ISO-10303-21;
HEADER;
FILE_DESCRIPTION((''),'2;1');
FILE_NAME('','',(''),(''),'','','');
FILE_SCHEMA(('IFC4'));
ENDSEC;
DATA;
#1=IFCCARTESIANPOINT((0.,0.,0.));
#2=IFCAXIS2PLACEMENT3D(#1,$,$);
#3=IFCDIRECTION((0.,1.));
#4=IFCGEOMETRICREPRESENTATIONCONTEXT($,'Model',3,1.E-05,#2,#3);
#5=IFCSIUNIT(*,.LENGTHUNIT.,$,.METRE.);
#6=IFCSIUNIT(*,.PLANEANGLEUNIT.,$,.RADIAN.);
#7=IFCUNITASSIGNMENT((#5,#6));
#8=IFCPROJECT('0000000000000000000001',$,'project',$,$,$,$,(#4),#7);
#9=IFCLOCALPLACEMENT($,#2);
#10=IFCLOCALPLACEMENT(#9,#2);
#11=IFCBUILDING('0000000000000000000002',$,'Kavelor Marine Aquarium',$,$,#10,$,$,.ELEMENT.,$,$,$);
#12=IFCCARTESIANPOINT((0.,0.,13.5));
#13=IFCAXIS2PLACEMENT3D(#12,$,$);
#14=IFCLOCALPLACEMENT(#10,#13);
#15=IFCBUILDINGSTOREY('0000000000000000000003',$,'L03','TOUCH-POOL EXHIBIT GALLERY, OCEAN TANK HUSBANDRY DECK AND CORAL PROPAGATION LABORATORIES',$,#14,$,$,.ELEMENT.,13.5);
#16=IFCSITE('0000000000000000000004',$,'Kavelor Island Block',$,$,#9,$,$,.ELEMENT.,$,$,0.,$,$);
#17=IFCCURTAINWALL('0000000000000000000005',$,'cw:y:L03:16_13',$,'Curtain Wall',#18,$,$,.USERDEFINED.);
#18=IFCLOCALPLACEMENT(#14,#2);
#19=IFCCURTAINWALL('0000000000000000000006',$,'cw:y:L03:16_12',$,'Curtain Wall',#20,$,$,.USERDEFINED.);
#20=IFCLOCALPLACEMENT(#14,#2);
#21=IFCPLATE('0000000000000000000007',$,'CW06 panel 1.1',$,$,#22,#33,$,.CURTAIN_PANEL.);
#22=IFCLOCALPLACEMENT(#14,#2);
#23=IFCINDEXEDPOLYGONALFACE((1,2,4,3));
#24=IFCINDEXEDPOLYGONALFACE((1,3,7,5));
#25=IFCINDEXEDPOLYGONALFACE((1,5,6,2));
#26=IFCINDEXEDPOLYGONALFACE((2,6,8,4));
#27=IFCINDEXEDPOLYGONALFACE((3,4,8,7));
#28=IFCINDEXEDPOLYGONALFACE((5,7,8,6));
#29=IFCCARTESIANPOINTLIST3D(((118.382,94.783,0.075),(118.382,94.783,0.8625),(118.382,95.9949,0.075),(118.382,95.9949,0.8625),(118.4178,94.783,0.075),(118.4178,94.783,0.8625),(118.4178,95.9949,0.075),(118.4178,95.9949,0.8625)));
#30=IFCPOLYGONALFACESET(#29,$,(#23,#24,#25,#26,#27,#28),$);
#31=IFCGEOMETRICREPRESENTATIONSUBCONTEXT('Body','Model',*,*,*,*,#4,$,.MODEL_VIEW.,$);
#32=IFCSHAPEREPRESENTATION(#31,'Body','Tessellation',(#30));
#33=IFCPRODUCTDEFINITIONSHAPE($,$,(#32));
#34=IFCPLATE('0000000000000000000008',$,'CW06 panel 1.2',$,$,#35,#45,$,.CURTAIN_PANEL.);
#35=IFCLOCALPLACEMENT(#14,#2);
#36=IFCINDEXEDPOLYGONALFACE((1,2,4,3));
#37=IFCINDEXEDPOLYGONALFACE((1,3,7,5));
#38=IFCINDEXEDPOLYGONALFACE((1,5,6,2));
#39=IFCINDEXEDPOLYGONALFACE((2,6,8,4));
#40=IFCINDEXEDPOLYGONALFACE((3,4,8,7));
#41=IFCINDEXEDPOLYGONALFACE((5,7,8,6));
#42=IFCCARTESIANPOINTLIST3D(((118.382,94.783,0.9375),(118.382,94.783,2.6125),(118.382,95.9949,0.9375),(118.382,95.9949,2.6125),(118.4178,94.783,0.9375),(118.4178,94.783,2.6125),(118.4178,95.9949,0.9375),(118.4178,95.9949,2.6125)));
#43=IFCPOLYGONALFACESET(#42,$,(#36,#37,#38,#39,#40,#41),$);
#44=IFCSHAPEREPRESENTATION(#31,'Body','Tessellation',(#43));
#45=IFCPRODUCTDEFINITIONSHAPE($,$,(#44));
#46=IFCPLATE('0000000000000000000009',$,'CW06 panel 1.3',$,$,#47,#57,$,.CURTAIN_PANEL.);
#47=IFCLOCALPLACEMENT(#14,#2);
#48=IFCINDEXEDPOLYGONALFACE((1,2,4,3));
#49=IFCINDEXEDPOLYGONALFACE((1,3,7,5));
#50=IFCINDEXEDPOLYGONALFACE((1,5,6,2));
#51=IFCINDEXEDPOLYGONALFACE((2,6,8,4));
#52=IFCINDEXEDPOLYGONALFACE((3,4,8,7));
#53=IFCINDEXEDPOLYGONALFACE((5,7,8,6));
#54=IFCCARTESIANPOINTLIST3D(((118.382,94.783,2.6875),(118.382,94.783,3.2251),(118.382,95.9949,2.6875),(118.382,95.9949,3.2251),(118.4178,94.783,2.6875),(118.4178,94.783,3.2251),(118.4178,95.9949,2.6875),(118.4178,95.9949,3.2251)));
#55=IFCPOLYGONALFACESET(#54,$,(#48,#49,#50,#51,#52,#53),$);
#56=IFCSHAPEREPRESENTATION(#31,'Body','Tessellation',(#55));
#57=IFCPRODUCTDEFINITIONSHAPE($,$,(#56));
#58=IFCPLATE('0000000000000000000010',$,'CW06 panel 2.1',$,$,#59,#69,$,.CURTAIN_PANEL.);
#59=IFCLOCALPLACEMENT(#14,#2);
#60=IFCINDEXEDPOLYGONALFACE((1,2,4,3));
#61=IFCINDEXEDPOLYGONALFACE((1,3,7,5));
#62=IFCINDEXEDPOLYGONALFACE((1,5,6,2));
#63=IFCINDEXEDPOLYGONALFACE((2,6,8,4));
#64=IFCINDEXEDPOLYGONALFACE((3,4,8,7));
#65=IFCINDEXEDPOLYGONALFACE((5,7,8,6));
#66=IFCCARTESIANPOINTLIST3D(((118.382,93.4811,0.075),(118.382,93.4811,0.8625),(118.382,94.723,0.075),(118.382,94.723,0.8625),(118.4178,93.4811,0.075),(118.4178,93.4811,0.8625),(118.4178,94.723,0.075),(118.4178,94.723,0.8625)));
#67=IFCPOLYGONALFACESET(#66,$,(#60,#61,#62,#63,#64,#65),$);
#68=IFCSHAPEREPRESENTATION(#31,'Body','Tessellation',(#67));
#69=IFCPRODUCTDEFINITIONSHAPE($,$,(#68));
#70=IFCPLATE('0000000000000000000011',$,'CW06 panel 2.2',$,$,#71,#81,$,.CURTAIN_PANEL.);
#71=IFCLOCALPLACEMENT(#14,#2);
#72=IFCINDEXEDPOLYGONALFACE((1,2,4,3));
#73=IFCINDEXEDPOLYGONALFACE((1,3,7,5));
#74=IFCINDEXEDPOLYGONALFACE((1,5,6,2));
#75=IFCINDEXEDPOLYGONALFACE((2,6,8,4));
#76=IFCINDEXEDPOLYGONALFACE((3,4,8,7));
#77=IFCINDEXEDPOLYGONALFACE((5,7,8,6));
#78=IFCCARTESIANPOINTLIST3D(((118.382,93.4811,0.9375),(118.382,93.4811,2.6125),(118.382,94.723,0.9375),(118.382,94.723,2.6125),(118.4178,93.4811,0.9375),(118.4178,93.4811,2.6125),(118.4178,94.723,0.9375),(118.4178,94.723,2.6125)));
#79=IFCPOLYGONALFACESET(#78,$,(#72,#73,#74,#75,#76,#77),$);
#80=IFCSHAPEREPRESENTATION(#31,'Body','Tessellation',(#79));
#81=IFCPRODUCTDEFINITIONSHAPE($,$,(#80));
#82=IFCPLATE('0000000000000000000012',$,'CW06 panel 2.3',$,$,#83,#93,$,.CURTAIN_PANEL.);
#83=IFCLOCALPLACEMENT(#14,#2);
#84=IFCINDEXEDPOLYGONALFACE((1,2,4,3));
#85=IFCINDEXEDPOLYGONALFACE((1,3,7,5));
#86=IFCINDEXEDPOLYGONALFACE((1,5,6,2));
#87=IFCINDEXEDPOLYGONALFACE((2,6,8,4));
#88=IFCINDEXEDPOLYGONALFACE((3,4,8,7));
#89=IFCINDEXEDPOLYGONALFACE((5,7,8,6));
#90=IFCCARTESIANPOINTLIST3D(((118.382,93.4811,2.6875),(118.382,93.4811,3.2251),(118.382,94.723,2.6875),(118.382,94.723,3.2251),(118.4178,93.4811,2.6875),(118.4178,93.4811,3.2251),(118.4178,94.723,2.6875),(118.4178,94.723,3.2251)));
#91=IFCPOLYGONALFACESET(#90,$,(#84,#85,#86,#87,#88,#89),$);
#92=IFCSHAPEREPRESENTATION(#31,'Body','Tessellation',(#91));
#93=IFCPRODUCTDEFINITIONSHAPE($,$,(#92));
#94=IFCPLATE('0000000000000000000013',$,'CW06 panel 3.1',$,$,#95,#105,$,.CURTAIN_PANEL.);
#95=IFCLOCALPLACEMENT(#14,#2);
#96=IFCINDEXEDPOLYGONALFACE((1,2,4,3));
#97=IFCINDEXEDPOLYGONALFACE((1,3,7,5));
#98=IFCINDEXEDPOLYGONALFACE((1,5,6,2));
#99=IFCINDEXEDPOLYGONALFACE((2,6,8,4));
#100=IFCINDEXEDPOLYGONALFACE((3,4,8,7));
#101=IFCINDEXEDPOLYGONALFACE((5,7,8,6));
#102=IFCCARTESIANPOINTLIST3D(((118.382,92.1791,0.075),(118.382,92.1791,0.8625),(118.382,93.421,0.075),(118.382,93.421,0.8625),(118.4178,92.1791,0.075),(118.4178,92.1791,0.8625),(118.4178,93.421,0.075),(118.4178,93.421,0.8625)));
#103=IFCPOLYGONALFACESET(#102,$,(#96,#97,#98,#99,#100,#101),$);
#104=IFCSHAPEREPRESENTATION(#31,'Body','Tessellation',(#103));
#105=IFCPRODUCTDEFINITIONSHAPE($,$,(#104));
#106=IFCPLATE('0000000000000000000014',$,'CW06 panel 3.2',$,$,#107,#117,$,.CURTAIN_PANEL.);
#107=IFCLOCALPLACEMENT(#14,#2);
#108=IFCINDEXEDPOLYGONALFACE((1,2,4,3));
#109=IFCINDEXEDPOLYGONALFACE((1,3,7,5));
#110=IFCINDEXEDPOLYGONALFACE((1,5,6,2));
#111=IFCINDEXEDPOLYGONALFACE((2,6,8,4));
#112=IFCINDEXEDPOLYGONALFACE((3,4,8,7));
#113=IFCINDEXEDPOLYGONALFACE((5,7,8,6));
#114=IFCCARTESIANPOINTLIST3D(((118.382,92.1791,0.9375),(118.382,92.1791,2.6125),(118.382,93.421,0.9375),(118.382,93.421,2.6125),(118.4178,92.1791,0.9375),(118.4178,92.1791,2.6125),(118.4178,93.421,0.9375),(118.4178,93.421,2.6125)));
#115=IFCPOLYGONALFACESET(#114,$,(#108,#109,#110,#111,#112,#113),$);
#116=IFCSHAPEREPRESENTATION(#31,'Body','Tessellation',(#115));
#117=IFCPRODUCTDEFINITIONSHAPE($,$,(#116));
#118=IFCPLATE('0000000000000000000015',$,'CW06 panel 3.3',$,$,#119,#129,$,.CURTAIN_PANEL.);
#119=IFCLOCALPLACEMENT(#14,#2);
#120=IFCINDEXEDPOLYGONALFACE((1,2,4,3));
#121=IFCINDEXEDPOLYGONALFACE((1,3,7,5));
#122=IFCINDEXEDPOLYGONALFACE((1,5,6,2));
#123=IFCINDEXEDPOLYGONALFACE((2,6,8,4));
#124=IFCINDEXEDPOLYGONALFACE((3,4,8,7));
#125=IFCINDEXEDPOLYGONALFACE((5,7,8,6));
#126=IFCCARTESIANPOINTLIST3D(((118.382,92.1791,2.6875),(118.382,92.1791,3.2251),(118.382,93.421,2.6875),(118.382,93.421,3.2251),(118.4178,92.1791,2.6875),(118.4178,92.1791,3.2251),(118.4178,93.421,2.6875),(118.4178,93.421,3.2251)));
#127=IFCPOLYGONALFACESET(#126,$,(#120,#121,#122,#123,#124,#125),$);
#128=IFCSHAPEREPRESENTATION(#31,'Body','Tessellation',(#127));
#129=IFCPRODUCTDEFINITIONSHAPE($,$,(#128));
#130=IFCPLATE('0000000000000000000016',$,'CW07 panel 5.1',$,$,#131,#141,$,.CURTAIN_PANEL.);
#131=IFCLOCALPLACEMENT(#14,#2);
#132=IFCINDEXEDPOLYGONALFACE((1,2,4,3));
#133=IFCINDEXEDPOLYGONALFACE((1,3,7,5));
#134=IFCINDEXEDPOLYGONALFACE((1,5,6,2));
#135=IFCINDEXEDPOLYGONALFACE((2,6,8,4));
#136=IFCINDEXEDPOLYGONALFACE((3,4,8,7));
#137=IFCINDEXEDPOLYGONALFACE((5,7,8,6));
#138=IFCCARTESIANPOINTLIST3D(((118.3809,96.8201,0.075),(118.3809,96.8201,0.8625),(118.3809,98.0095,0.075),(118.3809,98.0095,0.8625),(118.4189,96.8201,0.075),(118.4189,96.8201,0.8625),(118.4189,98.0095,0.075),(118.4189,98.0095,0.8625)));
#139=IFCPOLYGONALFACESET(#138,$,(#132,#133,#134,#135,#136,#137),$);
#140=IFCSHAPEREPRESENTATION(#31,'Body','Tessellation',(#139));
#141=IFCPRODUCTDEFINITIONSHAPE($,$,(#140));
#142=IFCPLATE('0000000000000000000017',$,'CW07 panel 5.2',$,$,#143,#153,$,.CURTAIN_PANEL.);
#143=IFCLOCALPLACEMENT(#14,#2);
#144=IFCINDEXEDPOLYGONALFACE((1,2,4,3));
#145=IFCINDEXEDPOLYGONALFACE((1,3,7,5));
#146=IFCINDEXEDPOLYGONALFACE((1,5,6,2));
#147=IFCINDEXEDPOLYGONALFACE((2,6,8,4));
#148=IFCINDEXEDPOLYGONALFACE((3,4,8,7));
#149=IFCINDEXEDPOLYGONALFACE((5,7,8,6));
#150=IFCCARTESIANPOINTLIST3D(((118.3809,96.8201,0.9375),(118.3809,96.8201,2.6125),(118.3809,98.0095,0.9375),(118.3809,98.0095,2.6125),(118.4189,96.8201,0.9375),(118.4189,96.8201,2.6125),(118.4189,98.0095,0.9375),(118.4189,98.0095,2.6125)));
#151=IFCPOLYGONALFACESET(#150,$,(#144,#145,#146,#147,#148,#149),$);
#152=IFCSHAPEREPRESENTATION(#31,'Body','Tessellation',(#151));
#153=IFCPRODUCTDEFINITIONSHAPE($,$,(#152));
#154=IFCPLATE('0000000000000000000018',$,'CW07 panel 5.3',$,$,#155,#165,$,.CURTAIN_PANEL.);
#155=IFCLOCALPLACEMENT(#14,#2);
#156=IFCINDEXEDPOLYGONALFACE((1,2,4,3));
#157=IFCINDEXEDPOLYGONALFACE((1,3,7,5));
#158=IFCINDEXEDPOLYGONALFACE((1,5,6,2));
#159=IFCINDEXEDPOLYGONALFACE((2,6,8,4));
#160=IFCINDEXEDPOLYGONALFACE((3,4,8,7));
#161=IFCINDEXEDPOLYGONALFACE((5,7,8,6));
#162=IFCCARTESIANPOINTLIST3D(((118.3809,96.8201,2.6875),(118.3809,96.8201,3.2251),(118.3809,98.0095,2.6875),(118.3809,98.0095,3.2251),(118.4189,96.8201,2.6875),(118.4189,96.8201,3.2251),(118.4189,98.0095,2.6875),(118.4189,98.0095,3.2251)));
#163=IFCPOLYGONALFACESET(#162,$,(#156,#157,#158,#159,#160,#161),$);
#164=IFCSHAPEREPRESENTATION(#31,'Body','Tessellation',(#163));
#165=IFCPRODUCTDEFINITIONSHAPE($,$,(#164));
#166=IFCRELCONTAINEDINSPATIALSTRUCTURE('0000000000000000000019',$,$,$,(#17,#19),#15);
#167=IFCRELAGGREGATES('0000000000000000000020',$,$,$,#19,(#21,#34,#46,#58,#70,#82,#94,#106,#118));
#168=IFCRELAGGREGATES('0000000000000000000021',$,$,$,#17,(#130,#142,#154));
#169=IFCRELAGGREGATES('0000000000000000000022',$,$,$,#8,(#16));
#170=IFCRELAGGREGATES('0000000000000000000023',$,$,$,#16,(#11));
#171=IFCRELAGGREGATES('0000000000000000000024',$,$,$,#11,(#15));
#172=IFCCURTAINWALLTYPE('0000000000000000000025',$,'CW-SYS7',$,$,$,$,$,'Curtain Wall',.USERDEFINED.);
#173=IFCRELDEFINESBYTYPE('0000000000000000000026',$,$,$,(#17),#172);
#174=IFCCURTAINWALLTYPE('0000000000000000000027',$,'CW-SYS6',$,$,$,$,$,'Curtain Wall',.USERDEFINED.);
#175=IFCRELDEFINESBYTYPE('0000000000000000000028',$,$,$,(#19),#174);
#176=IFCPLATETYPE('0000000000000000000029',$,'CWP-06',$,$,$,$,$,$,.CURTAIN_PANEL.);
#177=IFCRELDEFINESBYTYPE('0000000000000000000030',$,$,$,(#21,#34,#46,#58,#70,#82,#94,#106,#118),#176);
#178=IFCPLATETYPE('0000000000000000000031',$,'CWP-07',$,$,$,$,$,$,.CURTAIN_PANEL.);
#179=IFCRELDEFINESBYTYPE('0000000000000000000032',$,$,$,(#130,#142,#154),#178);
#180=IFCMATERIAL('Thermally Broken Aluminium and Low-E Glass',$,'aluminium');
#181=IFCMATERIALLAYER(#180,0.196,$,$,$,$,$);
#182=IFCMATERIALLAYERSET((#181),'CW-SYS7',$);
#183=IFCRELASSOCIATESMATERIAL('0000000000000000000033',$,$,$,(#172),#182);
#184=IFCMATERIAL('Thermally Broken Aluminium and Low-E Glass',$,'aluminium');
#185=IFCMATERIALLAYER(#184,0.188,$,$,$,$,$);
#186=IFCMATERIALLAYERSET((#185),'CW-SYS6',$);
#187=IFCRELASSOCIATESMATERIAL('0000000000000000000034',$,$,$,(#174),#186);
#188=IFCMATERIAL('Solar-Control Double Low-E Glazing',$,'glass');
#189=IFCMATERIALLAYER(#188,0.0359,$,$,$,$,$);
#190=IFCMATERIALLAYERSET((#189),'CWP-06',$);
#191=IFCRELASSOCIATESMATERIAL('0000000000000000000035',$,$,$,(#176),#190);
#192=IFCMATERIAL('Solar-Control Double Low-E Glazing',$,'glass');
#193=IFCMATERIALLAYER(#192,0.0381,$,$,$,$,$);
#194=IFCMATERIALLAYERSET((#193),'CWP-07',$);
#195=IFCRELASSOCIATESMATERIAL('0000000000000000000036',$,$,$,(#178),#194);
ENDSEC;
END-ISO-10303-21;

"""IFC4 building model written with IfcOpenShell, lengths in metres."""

from ifc_helpers import new_model, si_unit, direction, frame, origin, origin_2d, place, context, subcontext, project, spatial, rectangle, extrude, material, layer, layer_set, type_object, element, aggregate, save


model = new_model("IFC4")

# Units and contexts
model_context = context("Model", 3, precision=1e-05, world=origin(), true_north=direction((0.0, 1.0)))
body_context = subcontext(model_context, "Body", "Model", "MODEL_VIEW")
ifc_project = project(units=[si_unit("LENGTHUNIT", "METRE"), si_unit("PLANEANGLEUNIT", "RADIAN")], contexts=[model_context])

# Site, building, storey
site_placement = place(None, origin())
site = spatial("IfcSite", under=ifc_project, at=site_placement, Name="Kavelor Island Block", CompositionType="ELEMENT", RefElevation=0.0)
building_placement = place(site_placement, origin())
building = spatial("IfcBuilding", under=site, at=building_placement, Name="Kavelor Marine Aquarium", CompositionType="ELEMENT")
storey_placement = place(building_placement, frame((0.0, 0.0, 13.5)))
storey = spatial("IfcBuildingStorey", under=building, at=storey_placement, Name="L03", Description="TOUCH-POOL EXHIBIT GALLERY, OCEAN TANK HUSBANDRY DECK AND CORAL PROPAGATION LABORATORIES", CompositionType="ELEMENT", Elevation=13.5)

# Curtain walls
ifc_material_1 = material(Name="Thermally Broken Aluminium and Low-E Glass", Category="aluminium")
ifc_layer_1 = layer(ifc_material_1, 0.196)
ifc_layer_set_1 = layer_set([ifc_layer_1], Name="CW-SYS7")
curtain_wall_type_1 = type_object("IfcCurtainWallType", Name="CW-SYS7", ElementType="Curtain Wall", PredefinedType="USERDEFINED", material=ifc_layer_set_1)
curtain_wall_1_placement = place(storey_placement, origin())
curtain_wall_1 = element("IfcCurtainWall", 1, at=curtain_wall_1_placement, inside=storey, type_object=curtain_wall_type_1, Name="cw:y:L03:16_13", ObjectType="Curtain Wall", PredefinedType="USERDEFINED")
ifc_material_2 = material(Name="Thermally Broken Aluminium and Low-E Glass", Category="aluminium")
ifc_layer_2 = layer(ifc_material_2, 0.188)
ifc_layer_set_2 = layer_set([ifc_layer_2], Name="CW-SYS6")
curtain_wall_type_2 = type_object("IfcCurtainWallType", Name="CW-SYS6", ElementType="Curtain Wall", PredefinedType="USERDEFINED", material=ifc_layer_set_2)
curtain_wall_2_placement = place(storey_placement, origin())
curtain_wall_2 = element("IfcCurtainWall", 2, at=curtain_wall_2_placement, inside=storey, type_object=curtain_wall_type_2, Name="cw:y:L03:16_12", ObjectType="Curtain Wall", PredefinedType="USERDEFINED")

# Plates
ifc_material_3 = material(Name="Solar-Control Double Low-E Glazing", Category="glass")
ifc_layer_3 = layer(ifc_material_3, 0.0359)
ifc_layer_set_3 = layer_set([ifc_layer_3], Name="CWP-06")
plate_type_1 = type_object("IfcPlateType", Name="CWP-06", PredefinedType="CURTAIN_PANEL", material=ifc_layer_set_3)
plate_1_placement = place(storey_placement, frame((118.3999, 95.3889, 0.075), z_axis=(0.0, 0.0, 1.0), x_axis=(0.0, -1.0, 0.0)))
plate_1 = element("IfcPlate", 3, at=plate_1_placement, type_object=plate_type_1, Name="CW06 panel 1.1", PredefinedType="CURTAIN_PANEL", context=body_context, shape_type="SweptSolid", body=[
    extrude(rectangle(XDim=1.2119, YDim=0.0359, at=origin_2d()), origin(), (0.0, 0.0, 1.0), 0.7876),
])
plate_2_placement = place(storey_placement, frame((118.3999, 95.3889, 0.9375), z_axis=(0.0, 0.0, 1.0), x_axis=(0.0, -1.0, 0.0)))
plate_2 = element("IfcPlate", 4, at=plate_2_placement, type_object=plate_type_1, Name="CW06 panel 1.2", PredefinedType="CURTAIN_PANEL", context=body_context, shape_type="SweptSolid", body=[
    extrude(rectangle(XDim=1.2119, YDim=0.0359, at=origin_2d()), origin(), (0.0, 0.0, 1.0), 1.675),
])
plate_3_placement = place(storey_placement, frame((118.3999, 95.3889, 2.6875), z_axis=(0.0, 0.0, 1.0), x_axis=(0.0, -1.0, 0.0)))
plate_3 = element("IfcPlate", 5, at=plate_3_placement, type_object=plate_type_1, Name="CW06 panel 1.3", PredefinedType="CURTAIN_PANEL", context=body_context, shape_type="SweptSolid", body=[
    extrude(rectangle(XDim=1.2119, YDim=0.0359, at=origin_2d()), origin(), (0.0, 0.0, 1.0), 0.5376),
])
plate_4_placement = place(storey_placement, frame((118.3999, 94.1021, 0.075), z_axis=(0.0, 0.0, 1.0), x_axis=(0.0, -1.0, 0.0)))
plate_4 = element("IfcPlate", 6, at=plate_4_placement, type_object=plate_type_1, Name="CW06 panel 2.1", PredefinedType="CURTAIN_PANEL", context=body_context, shape_type="SweptSolid", body=[
    extrude(rectangle(XDim=1.2419, YDim=0.0359, at=origin_2d()), origin(), (0.0, 0.0, 1.0), 0.7876),
])
plate_5_placement = place(storey_placement, frame((118.3999, 94.1021, 0.9375), z_axis=(0.0, 0.0, 1.0), x_axis=(0.0, -1.0, 0.0)))
plate_5 = element("IfcPlate", 7, at=plate_5_placement, type_object=plate_type_1, Name="CW06 panel 2.2", PredefinedType="CURTAIN_PANEL", context=body_context, shape_type="SweptSolid", body=[
    extrude(rectangle(XDim=1.2419, YDim=0.0359, at=origin_2d()), origin(), (0.0, 0.0, 1.0), 1.675),
])
plate_6_placement = place(storey_placement, frame((118.3999, 94.1021, 2.6875), z_axis=(0.0, 0.0, 1.0), x_axis=(0.0, -1.0, 0.0)))
plate_6 = element("IfcPlate", 8, at=plate_6_placement, type_object=plate_type_1, Name="CW06 panel 2.3", PredefinedType="CURTAIN_PANEL", context=body_context, shape_type="SweptSolid", body=[
    extrude(rectangle(XDim=1.2419, YDim=0.0359, at=origin_2d()), origin(), (0.0, 0.0, 1.0), 0.5376),
])
plate_7_placement = place(storey_placement, frame((118.3999, 92.8, 0.075), z_axis=(0.0, 0.0, 1.0), x_axis=(0.0, -1.0, 0.0)))
plate_7 = element("IfcPlate", 9, at=plate_7_placement, type_object=plate_type_1, Name="CW06 panel 3.1", PredefinedType="CURTAIN_PANEL", context=body_context, shape_type="SweptSolid", body=[
    extrude(rectangle(XDim=1.2419, YDim=0.0359, at=origin_2d()), origin(), (0.0, 0.0, 1.0), 0.7876),
])
plate_8_placement = place(storey_placement, frame((118.3999, 92.8, 0.9375), z_axis=(0.0, 0.0, 1.0), x_axis=(0.0, -1.0, 0.0)))
plate_8 = element("IfcPlate", 10, at=plate_8_placement, type_object=plate_type_1, Name="CW06 panel 3.2", PredefinedType="CURTAIN_PANEL", context=body_context, shape_type="SweptSolid", body=[
    extrude(rectangle(XDim=1.2419, YDim=0.0359, at=origin_2d()), origin(), (0.0, 0.0, 1.0), 1.675),
])
plate_9_placement = place(storey_placement, frame((118.3999, 92.8, 2.6875), z_axis=(0.0, 0.0, 1.0), x_axis=(0.0, -1.0, 0.0)))
plate_9 = element("IfcPlate", 11, at=plate_9_placement, type_object=plate_type_1, Name="CW06 panel 3.3", PredefinedType="CURTAIN_PANEL", context=body_context, shape_type="SweptSolid", body=[
    extrude(rectangle(XDim=1.2419, YDim=0.0359, at=origin_2d()), origin(), (0.0, 0.0, 1.0), 0.5376),
])
aggregate(curtain_wall_2, [plate_1, plate_2, plate_3, plate_4, plate_5, plate_6, plate_7, plate_8, plate_9])
ifc_material_4 = material(Name="Solar-Control Double Low-E Glazing", Category="glass")
ifc_layer_4 = layer(ifc_material_4, 0.0381)
ifc_layer_set_4 = layer_set([ifc_layer_4], Name="CWP-07")
plate_type_2 = type_object("IfcPlateType", Name="CWP-07", PredefinedType="CURTAIN_PANEL", material=ifc_layer_set_4)
plate_10_placement = place(storey_placement, frame((118.3999, 97.4148, 0.075), z_axis=(0.0, 0.0, 1.0), x_axis=(0.0, -1.0, 0.0)))
plate_10 = element("IfcPlate", 12, at=plate_10_placement, type_object=plate_type_2, Name="CW07 panel 5.1", PredefinedType="CURTAIN_PANEL", context=body_context, shape_type="SweptSolid", body=[
    extrude(rectangle(XDim=1.1895, YDim=0.0381, at=origin_2d()), origin(), (0.0, 0.0, 1.0), 0.7876),
])
plate_11_placement = place(storey_placement, frame((118.3999, 97.4148, 0.9375), z_axis=(0.0, 0.0, 1.0), x_axis=(0.0, -1.0, 0.0)))
plate_11 = element("IfcPlate", 13, at=plate_11_placement, type_object=plate_type_2, Name="CW07 panel 5.2", PredefinedType="CURTAIN_PANEL", context=body_context, shape_type="SweptSolid", body=[
    extrude(rectangle(XDim=1.1895, YDim=0.0381, at=origin_2d()), origin(), (0.0, 0.0, 1.0), 1.675),
])
plate_12_placement = place(storey_placement, frame((118.3999, 97.4148, 2.6875), z_axis=(0.0, 0.0, 1.0), x_axis=(0.0, -1.0, 0.0)))
plate_12 = element("IfcPlate", 14, at=plate_12_placement, type_object=plate_type_2, Name="CW07 panel 5.3", PredefinedType="CURTAIN_PANEL", context=body_context, shape_type="SweptSolid", body=[
    extrude(rectangle(XDim=1.1895, YDim=0.0381, at=origin_2d()), origin(), (0.0, 0.0, 1.0), 0.5376),
])
aggregate(curtain_wall_1, [plate_10, plate_11, plate_12])

save(model, "model.ifc")
